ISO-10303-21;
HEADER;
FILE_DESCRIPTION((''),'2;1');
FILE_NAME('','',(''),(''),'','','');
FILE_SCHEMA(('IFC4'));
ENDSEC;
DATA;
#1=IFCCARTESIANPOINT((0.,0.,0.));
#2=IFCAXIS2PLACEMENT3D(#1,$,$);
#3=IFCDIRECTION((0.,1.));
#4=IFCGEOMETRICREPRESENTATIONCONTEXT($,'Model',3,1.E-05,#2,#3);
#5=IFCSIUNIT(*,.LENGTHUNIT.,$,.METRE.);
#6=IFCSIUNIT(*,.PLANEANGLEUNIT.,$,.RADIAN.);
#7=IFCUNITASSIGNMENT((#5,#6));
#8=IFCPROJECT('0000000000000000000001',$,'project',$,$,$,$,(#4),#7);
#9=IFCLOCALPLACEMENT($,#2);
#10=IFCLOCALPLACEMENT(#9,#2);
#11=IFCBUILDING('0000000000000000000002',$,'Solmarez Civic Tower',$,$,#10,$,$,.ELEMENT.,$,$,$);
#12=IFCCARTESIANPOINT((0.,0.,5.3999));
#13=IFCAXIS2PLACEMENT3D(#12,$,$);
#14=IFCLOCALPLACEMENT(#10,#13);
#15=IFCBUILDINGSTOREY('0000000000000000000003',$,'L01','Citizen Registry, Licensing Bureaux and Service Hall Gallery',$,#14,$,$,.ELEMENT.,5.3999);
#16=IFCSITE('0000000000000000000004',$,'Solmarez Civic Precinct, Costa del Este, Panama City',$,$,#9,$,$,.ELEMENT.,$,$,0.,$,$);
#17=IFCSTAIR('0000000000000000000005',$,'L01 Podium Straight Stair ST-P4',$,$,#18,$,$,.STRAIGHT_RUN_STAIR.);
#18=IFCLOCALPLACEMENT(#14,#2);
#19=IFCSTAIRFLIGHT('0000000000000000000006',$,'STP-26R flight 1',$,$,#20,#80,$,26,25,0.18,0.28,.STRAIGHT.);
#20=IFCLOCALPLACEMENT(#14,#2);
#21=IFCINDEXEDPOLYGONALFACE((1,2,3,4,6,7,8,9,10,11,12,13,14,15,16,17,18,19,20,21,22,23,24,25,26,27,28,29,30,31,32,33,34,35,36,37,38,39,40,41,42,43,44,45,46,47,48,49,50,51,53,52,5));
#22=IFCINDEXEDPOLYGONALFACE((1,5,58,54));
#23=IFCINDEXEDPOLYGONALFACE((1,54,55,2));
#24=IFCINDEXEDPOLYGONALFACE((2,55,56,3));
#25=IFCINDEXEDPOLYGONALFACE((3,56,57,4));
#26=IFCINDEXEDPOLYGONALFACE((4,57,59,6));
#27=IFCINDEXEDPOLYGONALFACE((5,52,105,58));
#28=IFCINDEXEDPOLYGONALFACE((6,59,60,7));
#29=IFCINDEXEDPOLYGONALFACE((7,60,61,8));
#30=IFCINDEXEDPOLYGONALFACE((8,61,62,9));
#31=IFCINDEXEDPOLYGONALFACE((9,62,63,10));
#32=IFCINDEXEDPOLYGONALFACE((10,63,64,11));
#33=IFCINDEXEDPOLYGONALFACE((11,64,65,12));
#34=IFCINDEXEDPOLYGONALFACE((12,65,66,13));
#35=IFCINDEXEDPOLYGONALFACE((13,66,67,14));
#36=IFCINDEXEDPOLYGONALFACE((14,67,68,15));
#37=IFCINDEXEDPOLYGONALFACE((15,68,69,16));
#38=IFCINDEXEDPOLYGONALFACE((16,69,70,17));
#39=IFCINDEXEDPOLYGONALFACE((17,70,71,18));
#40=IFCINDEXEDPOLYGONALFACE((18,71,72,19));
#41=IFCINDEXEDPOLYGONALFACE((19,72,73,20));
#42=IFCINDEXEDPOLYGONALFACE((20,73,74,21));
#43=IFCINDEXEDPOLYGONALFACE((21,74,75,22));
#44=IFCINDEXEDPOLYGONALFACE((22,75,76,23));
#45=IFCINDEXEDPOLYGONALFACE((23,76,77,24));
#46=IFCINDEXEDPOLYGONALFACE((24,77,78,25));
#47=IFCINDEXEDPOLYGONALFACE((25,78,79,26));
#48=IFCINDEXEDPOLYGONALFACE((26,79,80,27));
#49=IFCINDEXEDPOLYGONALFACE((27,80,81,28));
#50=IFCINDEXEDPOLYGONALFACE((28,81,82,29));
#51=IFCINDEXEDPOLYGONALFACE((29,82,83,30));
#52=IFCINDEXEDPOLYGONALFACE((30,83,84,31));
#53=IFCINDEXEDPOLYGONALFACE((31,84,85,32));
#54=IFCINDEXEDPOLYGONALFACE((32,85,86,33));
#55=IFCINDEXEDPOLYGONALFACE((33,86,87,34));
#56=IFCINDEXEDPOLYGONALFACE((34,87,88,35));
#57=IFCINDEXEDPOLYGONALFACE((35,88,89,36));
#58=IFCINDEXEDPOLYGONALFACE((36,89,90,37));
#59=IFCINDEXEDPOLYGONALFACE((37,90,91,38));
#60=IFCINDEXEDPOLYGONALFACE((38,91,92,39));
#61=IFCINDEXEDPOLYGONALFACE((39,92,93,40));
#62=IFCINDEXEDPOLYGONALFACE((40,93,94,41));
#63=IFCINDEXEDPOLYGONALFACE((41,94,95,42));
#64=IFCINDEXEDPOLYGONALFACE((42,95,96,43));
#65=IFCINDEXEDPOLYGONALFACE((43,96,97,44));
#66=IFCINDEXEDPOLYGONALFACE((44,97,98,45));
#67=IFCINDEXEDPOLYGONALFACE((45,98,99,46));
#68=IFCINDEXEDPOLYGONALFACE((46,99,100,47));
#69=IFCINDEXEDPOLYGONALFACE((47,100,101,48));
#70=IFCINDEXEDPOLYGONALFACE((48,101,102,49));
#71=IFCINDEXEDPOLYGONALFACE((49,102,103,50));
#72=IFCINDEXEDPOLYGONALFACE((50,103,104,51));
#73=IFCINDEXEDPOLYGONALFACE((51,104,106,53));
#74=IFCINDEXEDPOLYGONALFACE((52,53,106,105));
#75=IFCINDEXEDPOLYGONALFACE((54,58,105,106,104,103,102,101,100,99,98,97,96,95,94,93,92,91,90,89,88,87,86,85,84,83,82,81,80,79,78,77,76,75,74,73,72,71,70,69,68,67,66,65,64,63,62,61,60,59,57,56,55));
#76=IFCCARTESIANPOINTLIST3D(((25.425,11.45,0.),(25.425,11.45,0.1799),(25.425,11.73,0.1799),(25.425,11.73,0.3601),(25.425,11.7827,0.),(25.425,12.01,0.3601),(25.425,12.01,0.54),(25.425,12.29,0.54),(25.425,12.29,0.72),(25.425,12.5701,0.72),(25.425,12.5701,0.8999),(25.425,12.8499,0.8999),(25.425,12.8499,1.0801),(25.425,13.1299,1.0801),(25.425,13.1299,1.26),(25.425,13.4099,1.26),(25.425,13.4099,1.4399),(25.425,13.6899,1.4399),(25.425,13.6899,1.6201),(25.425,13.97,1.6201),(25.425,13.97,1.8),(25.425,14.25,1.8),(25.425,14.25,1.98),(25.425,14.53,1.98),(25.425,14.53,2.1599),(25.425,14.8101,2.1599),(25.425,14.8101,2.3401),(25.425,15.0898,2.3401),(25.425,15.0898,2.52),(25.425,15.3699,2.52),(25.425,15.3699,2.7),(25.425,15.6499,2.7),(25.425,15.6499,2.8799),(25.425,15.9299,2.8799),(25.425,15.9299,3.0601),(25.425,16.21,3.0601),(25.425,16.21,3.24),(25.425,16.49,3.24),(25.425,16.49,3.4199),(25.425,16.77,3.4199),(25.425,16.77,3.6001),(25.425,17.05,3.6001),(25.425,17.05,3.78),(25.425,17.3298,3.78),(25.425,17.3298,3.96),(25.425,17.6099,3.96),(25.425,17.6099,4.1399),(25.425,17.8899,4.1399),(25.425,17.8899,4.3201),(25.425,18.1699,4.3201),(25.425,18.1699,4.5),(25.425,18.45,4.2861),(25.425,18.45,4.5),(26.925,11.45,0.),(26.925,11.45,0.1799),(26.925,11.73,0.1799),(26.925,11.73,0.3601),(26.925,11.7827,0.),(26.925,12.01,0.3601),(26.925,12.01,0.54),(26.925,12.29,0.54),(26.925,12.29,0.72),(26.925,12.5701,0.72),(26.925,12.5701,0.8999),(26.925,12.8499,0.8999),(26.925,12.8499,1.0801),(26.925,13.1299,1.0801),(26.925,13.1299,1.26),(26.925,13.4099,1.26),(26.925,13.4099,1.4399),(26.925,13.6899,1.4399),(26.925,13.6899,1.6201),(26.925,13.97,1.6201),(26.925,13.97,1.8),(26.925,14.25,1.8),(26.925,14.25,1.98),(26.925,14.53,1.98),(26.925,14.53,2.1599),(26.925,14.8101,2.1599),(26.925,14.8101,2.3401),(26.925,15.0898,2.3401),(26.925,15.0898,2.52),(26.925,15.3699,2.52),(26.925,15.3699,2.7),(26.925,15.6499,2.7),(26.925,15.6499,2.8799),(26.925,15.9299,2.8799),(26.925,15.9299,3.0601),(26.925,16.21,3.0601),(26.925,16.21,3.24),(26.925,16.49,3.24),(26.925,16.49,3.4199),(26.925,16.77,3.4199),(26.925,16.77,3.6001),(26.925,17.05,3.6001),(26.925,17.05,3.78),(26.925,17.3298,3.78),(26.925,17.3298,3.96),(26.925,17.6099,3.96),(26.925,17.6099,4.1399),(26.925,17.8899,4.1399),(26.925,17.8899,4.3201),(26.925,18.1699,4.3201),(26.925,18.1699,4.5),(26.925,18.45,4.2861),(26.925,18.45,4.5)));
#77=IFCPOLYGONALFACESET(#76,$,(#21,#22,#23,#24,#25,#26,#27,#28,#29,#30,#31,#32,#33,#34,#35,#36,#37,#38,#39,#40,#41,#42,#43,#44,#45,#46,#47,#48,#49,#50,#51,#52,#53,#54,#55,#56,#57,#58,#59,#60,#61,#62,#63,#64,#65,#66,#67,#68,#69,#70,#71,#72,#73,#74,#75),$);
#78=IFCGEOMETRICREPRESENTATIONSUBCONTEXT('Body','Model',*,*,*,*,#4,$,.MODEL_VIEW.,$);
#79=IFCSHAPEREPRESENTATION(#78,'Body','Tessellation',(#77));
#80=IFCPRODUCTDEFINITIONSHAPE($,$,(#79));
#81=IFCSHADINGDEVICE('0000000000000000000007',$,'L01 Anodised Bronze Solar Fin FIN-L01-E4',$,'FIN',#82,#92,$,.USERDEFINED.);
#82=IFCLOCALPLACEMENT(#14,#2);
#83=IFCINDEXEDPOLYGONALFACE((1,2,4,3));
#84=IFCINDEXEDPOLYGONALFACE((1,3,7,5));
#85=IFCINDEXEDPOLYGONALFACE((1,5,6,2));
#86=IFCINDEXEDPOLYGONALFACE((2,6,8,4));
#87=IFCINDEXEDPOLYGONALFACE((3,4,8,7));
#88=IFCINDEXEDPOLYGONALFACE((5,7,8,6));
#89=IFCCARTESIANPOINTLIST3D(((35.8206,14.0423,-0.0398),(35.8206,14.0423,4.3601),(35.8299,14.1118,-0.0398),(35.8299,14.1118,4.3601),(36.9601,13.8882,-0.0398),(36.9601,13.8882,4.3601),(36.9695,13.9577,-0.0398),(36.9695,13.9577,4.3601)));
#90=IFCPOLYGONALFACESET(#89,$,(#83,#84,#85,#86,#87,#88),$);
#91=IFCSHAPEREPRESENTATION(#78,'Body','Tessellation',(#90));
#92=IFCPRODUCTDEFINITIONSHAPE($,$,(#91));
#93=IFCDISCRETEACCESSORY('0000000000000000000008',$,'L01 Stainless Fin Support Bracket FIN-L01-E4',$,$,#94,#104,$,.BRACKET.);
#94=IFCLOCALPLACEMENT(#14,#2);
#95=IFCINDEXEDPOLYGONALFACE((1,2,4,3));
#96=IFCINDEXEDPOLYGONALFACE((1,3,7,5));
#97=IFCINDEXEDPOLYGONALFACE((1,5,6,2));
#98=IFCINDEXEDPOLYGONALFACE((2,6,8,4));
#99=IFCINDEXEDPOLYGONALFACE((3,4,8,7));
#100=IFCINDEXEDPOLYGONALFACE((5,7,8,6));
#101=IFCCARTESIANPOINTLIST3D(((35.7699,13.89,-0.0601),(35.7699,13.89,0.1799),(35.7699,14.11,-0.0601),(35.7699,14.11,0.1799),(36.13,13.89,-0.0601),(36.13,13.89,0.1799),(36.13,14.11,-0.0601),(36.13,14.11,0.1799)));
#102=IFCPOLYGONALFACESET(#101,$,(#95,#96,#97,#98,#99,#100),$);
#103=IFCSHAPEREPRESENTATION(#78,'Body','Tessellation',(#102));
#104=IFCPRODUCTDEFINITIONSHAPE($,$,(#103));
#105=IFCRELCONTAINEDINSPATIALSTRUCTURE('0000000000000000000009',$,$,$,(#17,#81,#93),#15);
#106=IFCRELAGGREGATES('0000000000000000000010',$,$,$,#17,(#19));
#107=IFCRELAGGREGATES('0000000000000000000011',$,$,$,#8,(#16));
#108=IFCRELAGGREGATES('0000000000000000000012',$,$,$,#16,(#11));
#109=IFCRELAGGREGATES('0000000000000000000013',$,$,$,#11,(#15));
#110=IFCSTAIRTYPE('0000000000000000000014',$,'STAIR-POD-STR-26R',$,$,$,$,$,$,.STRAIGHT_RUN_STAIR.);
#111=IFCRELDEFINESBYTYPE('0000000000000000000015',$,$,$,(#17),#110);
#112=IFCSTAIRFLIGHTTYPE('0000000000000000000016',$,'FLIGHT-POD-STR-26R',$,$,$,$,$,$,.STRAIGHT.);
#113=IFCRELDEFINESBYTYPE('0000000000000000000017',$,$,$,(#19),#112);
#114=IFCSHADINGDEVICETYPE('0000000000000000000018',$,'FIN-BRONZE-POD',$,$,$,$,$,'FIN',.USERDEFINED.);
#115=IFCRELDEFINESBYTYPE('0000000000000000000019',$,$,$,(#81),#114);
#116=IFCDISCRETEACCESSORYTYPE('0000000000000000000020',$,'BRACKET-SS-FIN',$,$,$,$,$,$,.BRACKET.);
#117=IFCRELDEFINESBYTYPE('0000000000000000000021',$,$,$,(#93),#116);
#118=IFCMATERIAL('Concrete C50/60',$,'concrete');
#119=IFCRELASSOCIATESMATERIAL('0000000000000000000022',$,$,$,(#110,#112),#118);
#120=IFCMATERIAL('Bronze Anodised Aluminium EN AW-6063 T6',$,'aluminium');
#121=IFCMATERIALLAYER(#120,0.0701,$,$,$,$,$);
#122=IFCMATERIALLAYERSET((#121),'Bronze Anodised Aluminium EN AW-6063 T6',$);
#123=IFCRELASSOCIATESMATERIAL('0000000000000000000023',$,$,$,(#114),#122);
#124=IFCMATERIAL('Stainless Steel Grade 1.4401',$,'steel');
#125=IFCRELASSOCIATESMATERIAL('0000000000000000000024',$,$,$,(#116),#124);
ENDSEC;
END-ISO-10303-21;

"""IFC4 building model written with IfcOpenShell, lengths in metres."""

from ifc_helpers import new_model, si_unit, direction, frame, origin, origin_2d, place, context, subcontext, project, spatial, polyline, rectangle, outline, extrude, material, layer, layer_set, type_object, element, aggregate, save


model = new_model("IFC4")

# Units and contexts
model_context = context("Model", 3, precision=1e-05, world=origin(), true_north=direction((0.0, 1.0)))
body_context = subcontext(model_context, "Body", "Model", "MODEL_VIEW")
ifc_project = project(units=[si_unit("LENGTHUNIT", "METRE"), si_unit("PLANEANGLEUNIT", "RADIAN")], contexts=[model_context])

# Site, building, storey
site_placement = place(None, origin())
site = spatial("IfcSite", under=ifc_project, at=site_placement, Name="Solmarez Civic Precinct, Costa del Este, Panama City", CompositionType="ELEMENT", RefElevation=0.0)
building_placement = place(site_placement, origin())
building = spatial("IfcBuilding", under=site, at=building_placement, Name="Solmarez Civic Tower", CompositionType="ELEMENT")
storey_placement = place(building_placement, frame((0.0, 0.0, 5.3999)))
storey = spatial("IfcBuildingStorey", under=building, at=storey_placement, Name="L01", Description="Citizen Registry, Licensing Bureaux and Service Hall Gallery", CompositionType="ELEMENT", Elevation=5.3999)

# Shared definitions
ifc_material_1 = material(Name="Concrete C50/60", Category="concrete")

# Stair, stair flight
stair_type = type_object("IfcStairType", Name="STAIR-POD-STR-26R", PredefinedType="STRAIGHT_RUN_STAIR", material=ifc_material_1)
stair_placement = place(storey_placement, origin())
stair = element("IfcStair", 1, at=stair_placement, inside=storey, type_object=stair_type, Name="L01 Podium Straight Stair ST-P4", PredefinedType="STRAIGHT_RUN_STAIR")
stair_flight_type = type_object("IfcStairFlightType", Name="FLIGHT-POD-STR-26R", PredefinedType="STRAIGHT", material=ifc_material_1)
stair_flight_placement = place(storey_placement, frame((26.175, 11.45, 0.0), z_axis=(0.0, 0.0, 1.0), x_axis=(0.0, 1.0, 0.0)))
stair_flight = element("IfcStairFlight", 2, at=stair_flight_placement, type_object=stair_flight_type, Name="STP-26R flight 1", NumberOfRisers=26, NumberOfTreads=25, PredefinedType="STRAIGHT", RiserHeight=0.18, TreadLength=0.28, context=body_context, shape_type="SweptSolid", body=[
    extrude(outline(polyline([(0.0, 0.0), (0.0, 0.1799), (0.28, 0.1799), (0.28, 0.3601), (0.5601, 0.3601), (0.5601, 0.54), (0.8401, 0.54), (0.8401, 0.72), (1.1201, 0.72), (1.1201, 0.8999), (1.3999, 0.8999), (1.3999, 1.0801), (1.6799, 1.0801), (1.6799, 1.26), (1.96, 1.26), (1.96, 1.4399), (2.24, 1.4399), (2.24, 1.6201), (2.52, 1.6201), (2.52, 1.8), (2.8, 1.8), (2.8, 1.98), (3.0801, 1.98), (3.0801, 2.1599), (3.3601, 2.1599), (3.3601, 2.3401), (3.6399, 2.3401), (3.6399, 2.52), (3.9199, 2.52), (3.9199, 2.7), (4.2, 2.7), (4.2, 2.8799), (4.48, 2.8799), (4.48, 3.0601), (4.76, 3.0601), (4.76, 3.24), (5.04, 3.24), (5.04, 3.4199), (5.3201, 3.4199), (5.3201, 3.6001), (5.6001, 3.6001), (5.6001, 3.78), (5.8799, 3.78), (5.8799, 3.96), (6.1599, 3.96), (6.1599, 4.1399), (6.4399, 4.1399), (6.4399, 4.3201), (6.72, 4.3201), (6.72, 4.5), (7.0, 4.5), (7.0, 4.6799), (7.0, 4.2861), (0.3328, 0.0), (0.0, 0.0)])), frame((0.0, 0.75, 0.0), z_axis=(0.0, -1.0, 0.0), x_axis=(1.0, 0.0, 0.0)), (0.0, 0.0, 1.0), 1.5),
])
aggregate(stair, [stair_flight])

# Shading device
ifc_material_2 = material(Name="Bronze Anodised Aluminium EN AW-6063 T6", Category="aluminium")
ifc_layer_1 = layer(ifc_material_2, 0.0701)
ifc_layer_set_1 = layer_set([ifc_layer_1], Name="Bronze Anodised Aluminium EN AW-6063 T6")
shading_device_type = type_object("IfcShadingDeviceType", Name="FIN-BRONZE-POD", ElementType="FIN", PredefinedType="USERDEFINED", material=ifc_layer_set_1)
shading_device_placement = place(storey_placement, frame((36.395, 14.0, -0.0398), z_axis=(0.0, 0.0, 1.0), x_axis=(0.990983, -0.133986, 0.0)))
element("IfcShadingDevice", 3, at=shading_device_placement, inside=storey, type_object=shading_device_type, Name="L01 Anodised Bronze Solar Fin FIN-L01-E4", ObjectType="FIN", PredefinedType="USERDEFINED", context=body_context, shape_type="SweptSolid", body=[
    extrude(rectangle(XDim=1.1499, YDim=0.0701, at=origin_2d()), origin(), (0.0, 0.0, 1.0), 4.3999),
])

# Discrete accessory
ifc_material_3 = material(Name="Stainless Steel Grade 1.4401", Category="steel")
discrete_accessory_type = type_object("IfcDiscreteAccessoryType", Name="BRACKET-SS-FIN", PredefinedType="BRACKET", material=ifc_material_3)
discrete_accessory_placement = place(storey_placement, frame((35.95, 14.0, -0.0601), z_axis=(0.0, 0.0, 1.0), x_axis=(1.0, 0.0, 0.0)))
element("IfcDiscreteAccessory", 4, at=discrete_accessory_placement, inside=storey, type_object=discrete_accessory_type, Name="L01 Stainless Fin Support Bracket FIN-L01-E4", PredefinedType="BRACKET", context=body_context, shape_type="SweptSolid", body=[
    extrude(rectangle(XDim=0.3601, YDim=0.22, at=origin_2d()), origin(), (0.0, 0.0, 1.0), 0.24),
])

save(model, "model.ifc")
